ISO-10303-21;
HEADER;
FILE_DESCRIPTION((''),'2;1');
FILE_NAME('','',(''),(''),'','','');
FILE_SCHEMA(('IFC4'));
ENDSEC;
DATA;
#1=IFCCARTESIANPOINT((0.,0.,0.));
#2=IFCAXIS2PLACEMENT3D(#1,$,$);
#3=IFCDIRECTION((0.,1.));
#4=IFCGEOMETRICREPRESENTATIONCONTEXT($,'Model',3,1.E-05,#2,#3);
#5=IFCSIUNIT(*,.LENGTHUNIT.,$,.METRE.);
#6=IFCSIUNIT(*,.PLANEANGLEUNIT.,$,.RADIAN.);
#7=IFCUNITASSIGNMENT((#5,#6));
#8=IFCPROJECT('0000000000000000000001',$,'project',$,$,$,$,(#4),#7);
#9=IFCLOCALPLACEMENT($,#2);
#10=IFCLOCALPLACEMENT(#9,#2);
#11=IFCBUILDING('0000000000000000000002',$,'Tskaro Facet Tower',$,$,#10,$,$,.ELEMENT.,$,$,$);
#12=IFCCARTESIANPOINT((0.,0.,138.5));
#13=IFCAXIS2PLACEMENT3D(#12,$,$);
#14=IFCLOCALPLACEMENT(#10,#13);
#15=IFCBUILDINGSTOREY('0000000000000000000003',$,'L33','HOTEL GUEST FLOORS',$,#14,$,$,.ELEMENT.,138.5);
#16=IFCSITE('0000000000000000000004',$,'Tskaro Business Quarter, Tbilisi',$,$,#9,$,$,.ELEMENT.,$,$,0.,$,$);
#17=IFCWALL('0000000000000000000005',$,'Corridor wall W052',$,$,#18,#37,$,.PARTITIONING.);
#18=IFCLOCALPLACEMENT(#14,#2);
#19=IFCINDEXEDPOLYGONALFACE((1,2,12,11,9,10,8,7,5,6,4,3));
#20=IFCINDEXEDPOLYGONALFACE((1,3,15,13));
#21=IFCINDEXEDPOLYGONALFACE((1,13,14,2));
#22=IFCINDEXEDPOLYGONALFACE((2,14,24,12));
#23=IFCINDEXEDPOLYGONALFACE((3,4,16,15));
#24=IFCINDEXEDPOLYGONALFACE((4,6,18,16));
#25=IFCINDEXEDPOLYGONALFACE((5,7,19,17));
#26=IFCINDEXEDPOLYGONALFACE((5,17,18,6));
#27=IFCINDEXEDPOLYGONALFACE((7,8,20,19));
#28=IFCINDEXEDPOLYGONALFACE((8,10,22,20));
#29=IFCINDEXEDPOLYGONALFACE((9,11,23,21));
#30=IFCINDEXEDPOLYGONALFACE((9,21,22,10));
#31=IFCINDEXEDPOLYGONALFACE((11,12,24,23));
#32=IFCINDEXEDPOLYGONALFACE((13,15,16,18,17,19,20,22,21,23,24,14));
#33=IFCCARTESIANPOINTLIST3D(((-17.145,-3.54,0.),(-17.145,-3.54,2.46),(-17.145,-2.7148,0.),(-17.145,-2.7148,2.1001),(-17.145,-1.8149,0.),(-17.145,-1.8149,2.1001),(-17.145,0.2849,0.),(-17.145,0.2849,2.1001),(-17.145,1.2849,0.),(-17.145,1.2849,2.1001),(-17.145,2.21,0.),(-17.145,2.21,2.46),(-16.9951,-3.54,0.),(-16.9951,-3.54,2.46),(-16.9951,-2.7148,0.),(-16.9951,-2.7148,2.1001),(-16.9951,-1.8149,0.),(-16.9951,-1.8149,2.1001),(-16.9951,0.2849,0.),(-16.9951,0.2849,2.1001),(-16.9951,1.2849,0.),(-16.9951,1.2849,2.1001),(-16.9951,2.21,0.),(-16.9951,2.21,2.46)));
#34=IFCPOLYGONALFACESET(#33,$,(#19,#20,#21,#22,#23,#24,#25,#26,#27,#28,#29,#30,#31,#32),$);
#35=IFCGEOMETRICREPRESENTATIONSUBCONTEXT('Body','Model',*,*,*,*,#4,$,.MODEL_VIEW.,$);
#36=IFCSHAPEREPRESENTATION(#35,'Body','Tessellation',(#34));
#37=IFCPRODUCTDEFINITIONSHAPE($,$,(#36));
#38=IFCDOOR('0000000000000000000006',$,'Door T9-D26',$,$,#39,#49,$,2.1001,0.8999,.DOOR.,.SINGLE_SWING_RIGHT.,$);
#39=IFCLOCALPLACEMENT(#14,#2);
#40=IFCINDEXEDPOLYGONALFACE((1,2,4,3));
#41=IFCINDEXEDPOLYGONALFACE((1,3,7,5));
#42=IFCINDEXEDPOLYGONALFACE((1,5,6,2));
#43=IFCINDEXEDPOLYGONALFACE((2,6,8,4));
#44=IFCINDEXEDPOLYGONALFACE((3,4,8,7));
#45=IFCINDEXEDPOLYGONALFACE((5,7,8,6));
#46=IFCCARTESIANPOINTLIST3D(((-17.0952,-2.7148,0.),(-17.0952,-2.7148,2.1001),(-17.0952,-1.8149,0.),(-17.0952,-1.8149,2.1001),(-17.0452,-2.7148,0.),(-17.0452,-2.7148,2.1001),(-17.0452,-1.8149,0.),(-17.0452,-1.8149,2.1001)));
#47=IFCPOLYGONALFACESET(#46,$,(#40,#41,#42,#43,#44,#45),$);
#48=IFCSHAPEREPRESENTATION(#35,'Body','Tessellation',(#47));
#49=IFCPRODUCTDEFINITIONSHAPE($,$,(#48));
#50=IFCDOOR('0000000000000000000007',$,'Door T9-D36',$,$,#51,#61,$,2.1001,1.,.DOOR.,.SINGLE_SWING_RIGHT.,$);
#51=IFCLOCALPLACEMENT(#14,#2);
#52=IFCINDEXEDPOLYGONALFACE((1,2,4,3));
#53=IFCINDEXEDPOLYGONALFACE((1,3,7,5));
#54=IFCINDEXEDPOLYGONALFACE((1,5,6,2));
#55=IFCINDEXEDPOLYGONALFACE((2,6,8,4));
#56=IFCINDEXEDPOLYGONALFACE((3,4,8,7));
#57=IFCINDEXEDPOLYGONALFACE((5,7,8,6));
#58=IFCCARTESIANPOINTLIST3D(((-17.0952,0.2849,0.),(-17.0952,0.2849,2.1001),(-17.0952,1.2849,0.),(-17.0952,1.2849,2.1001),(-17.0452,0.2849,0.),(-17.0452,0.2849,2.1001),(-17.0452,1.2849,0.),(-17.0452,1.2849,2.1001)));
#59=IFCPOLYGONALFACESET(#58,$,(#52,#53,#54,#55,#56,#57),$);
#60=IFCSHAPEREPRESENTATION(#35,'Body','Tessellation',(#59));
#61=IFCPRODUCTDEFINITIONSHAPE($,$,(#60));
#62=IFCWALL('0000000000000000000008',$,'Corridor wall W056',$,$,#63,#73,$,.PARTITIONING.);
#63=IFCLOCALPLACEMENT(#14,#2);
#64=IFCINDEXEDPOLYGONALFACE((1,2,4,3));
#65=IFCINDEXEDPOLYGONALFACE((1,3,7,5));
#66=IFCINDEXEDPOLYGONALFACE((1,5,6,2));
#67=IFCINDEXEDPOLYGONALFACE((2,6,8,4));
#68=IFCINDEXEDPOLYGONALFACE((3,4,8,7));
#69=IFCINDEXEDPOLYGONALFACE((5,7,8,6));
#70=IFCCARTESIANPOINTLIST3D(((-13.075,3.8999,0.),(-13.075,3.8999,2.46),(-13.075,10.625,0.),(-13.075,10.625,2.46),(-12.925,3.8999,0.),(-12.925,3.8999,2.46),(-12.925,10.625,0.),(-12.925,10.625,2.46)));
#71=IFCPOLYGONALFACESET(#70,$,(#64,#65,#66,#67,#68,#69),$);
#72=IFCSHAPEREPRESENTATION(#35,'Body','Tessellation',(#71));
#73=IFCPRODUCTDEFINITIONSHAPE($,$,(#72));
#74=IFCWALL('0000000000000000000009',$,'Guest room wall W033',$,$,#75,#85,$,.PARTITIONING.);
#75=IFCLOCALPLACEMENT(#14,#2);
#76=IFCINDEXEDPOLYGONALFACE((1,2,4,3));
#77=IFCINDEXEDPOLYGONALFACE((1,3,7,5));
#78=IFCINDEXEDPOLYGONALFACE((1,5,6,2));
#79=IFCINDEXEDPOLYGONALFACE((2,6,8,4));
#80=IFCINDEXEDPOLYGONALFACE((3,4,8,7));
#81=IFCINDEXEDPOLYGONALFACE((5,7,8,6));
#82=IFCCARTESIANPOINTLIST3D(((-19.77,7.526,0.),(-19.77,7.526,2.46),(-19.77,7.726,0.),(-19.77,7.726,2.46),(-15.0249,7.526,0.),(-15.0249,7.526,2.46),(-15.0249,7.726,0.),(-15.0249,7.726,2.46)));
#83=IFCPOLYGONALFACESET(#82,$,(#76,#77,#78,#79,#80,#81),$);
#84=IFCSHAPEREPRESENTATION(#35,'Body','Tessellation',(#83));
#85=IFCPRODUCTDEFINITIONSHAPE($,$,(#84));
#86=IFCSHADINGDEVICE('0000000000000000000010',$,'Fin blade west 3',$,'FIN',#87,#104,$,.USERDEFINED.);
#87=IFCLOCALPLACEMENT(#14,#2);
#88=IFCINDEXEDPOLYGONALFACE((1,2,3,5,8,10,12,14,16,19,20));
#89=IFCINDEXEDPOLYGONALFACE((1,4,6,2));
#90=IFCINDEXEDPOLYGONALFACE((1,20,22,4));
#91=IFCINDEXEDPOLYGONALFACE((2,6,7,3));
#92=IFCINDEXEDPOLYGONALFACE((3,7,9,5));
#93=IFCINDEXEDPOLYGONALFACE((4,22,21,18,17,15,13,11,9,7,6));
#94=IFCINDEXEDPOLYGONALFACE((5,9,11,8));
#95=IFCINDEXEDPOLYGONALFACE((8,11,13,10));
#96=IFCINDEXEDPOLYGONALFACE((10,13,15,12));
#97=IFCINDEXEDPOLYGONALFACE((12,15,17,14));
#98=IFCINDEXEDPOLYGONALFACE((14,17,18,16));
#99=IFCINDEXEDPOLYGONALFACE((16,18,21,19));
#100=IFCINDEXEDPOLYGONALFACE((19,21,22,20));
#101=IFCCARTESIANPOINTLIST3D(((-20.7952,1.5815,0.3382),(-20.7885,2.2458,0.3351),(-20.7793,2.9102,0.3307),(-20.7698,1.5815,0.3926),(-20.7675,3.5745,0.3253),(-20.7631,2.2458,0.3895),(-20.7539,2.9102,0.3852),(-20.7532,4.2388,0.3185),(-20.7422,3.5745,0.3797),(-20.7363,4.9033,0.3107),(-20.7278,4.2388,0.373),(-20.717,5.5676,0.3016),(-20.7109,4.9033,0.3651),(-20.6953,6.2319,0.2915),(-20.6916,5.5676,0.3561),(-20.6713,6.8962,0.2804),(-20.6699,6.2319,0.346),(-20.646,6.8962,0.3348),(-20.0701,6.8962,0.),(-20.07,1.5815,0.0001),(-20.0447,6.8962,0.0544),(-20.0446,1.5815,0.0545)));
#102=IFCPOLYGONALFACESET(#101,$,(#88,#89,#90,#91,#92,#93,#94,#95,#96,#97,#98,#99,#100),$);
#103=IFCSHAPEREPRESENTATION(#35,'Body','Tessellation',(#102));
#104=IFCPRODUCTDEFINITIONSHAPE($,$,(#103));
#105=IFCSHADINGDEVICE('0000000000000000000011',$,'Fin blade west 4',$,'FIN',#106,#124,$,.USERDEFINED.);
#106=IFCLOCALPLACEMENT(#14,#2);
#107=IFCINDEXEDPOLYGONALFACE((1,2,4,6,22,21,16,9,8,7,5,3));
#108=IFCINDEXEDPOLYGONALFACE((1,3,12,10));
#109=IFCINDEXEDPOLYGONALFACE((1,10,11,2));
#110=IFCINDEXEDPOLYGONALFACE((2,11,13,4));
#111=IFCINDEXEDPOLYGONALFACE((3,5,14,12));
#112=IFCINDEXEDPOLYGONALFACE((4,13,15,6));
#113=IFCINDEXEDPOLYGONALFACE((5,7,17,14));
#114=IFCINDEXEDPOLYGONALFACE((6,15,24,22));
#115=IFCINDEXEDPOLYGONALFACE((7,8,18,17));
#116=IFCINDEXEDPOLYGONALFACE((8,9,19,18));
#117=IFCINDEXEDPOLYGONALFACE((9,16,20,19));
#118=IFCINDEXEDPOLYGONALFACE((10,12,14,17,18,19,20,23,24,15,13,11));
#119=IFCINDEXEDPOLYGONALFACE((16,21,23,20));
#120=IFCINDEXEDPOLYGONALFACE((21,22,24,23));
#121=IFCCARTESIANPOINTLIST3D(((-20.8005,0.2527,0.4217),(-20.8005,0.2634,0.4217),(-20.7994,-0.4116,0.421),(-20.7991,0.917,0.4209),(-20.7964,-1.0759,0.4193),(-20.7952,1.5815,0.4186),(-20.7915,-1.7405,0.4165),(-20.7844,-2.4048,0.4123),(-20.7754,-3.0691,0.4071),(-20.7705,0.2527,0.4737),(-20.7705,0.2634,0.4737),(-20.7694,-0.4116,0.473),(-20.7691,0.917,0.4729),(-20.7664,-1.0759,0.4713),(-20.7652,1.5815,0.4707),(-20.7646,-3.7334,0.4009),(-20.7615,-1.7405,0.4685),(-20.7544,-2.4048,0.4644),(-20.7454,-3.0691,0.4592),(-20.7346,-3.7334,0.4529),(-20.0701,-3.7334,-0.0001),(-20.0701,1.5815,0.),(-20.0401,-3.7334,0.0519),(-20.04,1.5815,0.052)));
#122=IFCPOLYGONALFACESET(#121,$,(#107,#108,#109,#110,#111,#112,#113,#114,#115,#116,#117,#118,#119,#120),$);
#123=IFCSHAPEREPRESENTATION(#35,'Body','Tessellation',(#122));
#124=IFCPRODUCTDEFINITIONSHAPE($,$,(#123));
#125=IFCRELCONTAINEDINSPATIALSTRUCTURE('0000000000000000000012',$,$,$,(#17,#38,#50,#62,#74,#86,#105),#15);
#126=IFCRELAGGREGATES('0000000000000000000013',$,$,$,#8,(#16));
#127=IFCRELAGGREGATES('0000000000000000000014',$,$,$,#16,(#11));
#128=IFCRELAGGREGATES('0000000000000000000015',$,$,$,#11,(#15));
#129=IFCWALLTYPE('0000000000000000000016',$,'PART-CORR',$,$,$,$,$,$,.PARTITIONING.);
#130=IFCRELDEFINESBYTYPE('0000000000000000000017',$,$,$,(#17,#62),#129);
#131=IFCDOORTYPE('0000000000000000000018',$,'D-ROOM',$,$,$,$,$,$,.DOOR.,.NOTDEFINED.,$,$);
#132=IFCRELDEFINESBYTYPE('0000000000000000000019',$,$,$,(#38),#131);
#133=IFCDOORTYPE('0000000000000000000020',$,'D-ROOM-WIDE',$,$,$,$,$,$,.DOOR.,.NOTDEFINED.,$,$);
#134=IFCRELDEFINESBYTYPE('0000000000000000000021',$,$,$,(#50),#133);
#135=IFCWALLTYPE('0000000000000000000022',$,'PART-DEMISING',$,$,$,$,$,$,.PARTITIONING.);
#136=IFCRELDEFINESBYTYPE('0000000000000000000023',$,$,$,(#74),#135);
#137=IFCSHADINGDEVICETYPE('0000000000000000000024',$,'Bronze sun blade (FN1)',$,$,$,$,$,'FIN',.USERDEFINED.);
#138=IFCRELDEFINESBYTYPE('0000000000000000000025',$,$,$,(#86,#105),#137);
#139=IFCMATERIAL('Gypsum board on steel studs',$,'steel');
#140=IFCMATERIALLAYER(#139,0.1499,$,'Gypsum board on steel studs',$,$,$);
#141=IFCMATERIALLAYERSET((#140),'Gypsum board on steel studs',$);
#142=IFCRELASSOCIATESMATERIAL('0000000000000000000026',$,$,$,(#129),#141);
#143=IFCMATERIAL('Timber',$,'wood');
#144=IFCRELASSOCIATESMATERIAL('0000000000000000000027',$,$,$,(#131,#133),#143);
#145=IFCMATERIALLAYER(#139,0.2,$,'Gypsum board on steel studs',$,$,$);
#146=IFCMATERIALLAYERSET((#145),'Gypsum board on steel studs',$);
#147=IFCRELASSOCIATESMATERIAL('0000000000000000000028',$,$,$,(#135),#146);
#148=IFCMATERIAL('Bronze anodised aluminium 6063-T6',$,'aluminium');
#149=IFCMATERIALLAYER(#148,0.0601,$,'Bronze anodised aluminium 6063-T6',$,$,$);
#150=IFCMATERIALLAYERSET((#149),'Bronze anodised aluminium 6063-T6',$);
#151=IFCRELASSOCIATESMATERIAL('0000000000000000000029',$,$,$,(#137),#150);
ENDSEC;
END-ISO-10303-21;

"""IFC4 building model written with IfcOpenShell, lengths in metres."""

from ifc_helpers import new_model, si_unit, direction, frame, frame_2d, origin, place, context, subcontext, project, spatial, polyline, rectangle, outline, extrude, material, layer, layer_set, type_object, element, fill, save


model = new_model("IFC4")

# Units and contexts
model_context = context("Model", 3, precision=1e-05, world=origin(), true_north=direction((0.0, 1.0)))
body_context = subcontext(model_context, "Body", "Model", "MODEL_VIEW")
ifc_project = project(units=[si_unit("LENGTHUNIT", "METRE"), si_unit("PLANEANGLEUNIT", "RADIAN")], contexts=[model_context])

# Site, building, storey
site_placement = place(None, origin())
site = spatial("IfcSite", under=ifc_project, at=site_placement, Name="Tskaro Business Quarter, Tbilisi", CompositionType="ELEMENT", RefElevation=0.0)
building_placement = place(site_placement, origin())
building = spatial("IfcBuilding", under=site, at=building_placement, Name="Tskaro Facet Tower", CompositionType="ELEMENT")
storey_placement = place(building_placement, frame((0.0, 0.0, 138.5)))
storey = spatial("IfcBuildingStorey", under=building, at=storey_placement, Name="L33", Description="HOTEL GUEST FLOORS", CompositionType="ELEMENT", Elevation=138.5)

# Shared definitions
ifc_material_1 = material(Name="Bronze anodised aluminium 6063-T6", Category="aluminium")

# Shared definitions
ifc_material_2 = material(Name="Gypsum board on steel studs", Category="steel")
ifc_layer_1 = layer(ifc_material_2, 0.1499, Name="Gypsum board on steel studs")
ifc_layer_set_1 = layer_set([ifc_layer_1], Name="Gypsum board on steel studs")
wall_type_1 = type_object("IfcWallType", Name="PART-CORR", PredefinedType="PARTITIONING", material=ifc_layer_set_1)

# Wall, openings, doors
wall_1_placement = place(storey_placement, frame((-17.0701, 2.21, 0.0), z_axis=(0.0, 0.0, 1.0), x_axis=(0.0, -1.0, 0.0)))
wall_1 = element("IfcWall", 1, at=wall_1_placement, inside=storey, type_object=wall_type_1, Name="Corridor wall W052", PredefinedType="PARTITIONING", context=body_context, shape_type="SweptSolid", body=[
    extrude(rectangle(XDim=5.75, YDim=0.1499, at=frame_2d((2.875, 0.0))), origin(), (0.0, 0.0, 1.0), 2.46),
])
opening_1_placement = place(wall_1_placement, frame((4.0249, 0.0, 0.0)))
opening_1 = element("IfcOpeningElement", 2, at=opening_1_placement, cuts=wall_1, PredefinedType="OPENING", context=body_context, shape_type="SweptSolid", body=[
    extrude(rectangle(XDim=0.8999, YDim=2.1001, at=frame_2d((0.45, 1.05))), frame((0.0, 0.085, 0.0), z_axis=(0.0, -1.0, 0.0), x_axis=(1.0, 0.0, 0.0)), (0.0, 0.0, 1.0), 0.1699),
])
opening_2_placement = place(wall_1_placement, frame((0.925, 0.0, 0.0)))
opening_2 = element("IfcOpeningElement", 3, at=opening_2_placement, cuts=wall_1, PredefinedType="OPENING", context=body_context, shape_type="SweptSolid", body=[
    extrude(rectangle(XDim=1.0, YDim=2.1001, at=frame_2d((0.5, 1.05))), frame((0.0, 0.085, 0.0), z_axis=(0.0, -1.0, 0.0), x_axis=(1.0, 0.0, 0.0)), (0.0, 0.0, 1.0), 0.1699),
])
ifc_material_3 = material(Name="Timber", Category="wood")
door_type_1 = type_object("IfcDoorType", Name="D-ROOM", OperationType="NOTDEFINED", PredefinedType="DOOR", material=ifc_material_3)
door_1_placement = place(opening_1_placement, origin())
door_1 = element("IfcDoor", 4, at=door_1_placement, inside=storey, type_object=door_type_1, Name="Door T9-D26", OperationType="SINGLE_SWING_RIGHT", OverallHeight=2.1001, OverallWidth=0.8999, PredefinedType="DOOR", context=body_context, shape_type="SweptSolid", body=[
    extrude(rectangle(XDim=0.8999, YDim=2.1001, at=frame_2d((0.45, 1.05))), frame((0.0, 0.0249, 0.0), z_axis=(0.0, -1.0, 0.0), x_axis=(1.0, 0.0, 0.0)), (0.0, 0.0, 1.0), 0.05),
])
fill(opening_1, door_1)
door_type_2 = type_object("IfcDoorType", Name="D-ROOM-WIDE", OperationType="NOTDEFINED", PredefinedType="DOOR", material=ifc_material_3)
door_2_placement = place(opening_2_placement, origin())
door_2 = element("IfcDoor", 5, at=door_2_placement, inside=storey, type_object=door_type_2, Name="Door T9-D36", OperationType="SINGLE_SWING_RIGHT", OverallHeight=2.1001, OverallWidth=1.0, PredefinedType="DOOR", context=body_context, shape_type="SweptSolid", body=[
    extrude(rectangle(XDim=1.0, YDim=2.1001, at=frame_2d((0.5, 1.05))), frame((0.0, 0.0249, 0.0), z_axis=(0.0, -1.0, 0.0), x_axis=(1.0, 0.0, 0.0)), (0.0, 0.0, 1.0), 0.05),
])
fill(opening_2, door_2)

# Walls
wall_2_placement = place(storey_placement, frame((-13.0, 3.8999, 0.0), z_axis=(0.0, 0.0, 1.0), x_axis=(0.0, 1.0, 0.0)))
element("IfcWall", 6, at=wall_2_placement, inside=storey, type_object=wall_type_1, Name="Corridor wall W056", PredefinedType="PARTITIONING", context=body_context, shape_type="SweptSolid", body=[
    extrude(rectangle(XDim=6.7251, YDim=0.1499, at=frame_2d((3.3625, 0.0))), origin(), (0.0, 0.0, 1.0), 2.46),
])
ifc_layer_2 = layer(ifc_material_2, 0.2, Name="Gypsum board on steel studs")
ifc_layer_set_2 = layer_set([ifc_layer_2], Name="Gypsum board on steel studs")
wall_type_2 = type_object("IfcWallType", Name="PART-DEMISING", PredefinedType="PARTITIONING", material=ifc_layer_set_2)
wall_3_placement = place(storey_placement, frame((-19.77, 7.626, 0.0), z_axis=(0.0, 0.0, 1.0), x_axis=(1.0, 0.0, 0.0)))
element("IfcWall", 7, at=wall_3_placement, inside=storey, type_object=wall_type_2, Name="Guest room wall W033", PredefinedType="PARTITIONING", context=body_context, shape_type="SweptSolid", body=[
    extrude(rectangle(XDim=4.7451, YDim=0.2, at=frame_2d((2.3726, 0.0))), origin(), (0.0, 0.0, 1.0), 2.46),
])

# Shading devices
ifc_layer_3 = layer(ifc_material_1, 0.0601, Name="Bronze anodised aluminium 6063-T6")
ifc_layer_set_3 = layer_set([ifc_layer_3], Name="Bronze anodised aluminium 6063-T6")
shading_device_type = type_object("IfcShadingDeviceType", Name="Bronze sun blade (FN1)", ElementType="FIN", PredefinedType="USERDEFINED", material=ifc_layer_set_3)
shading_device_1_placement = place(storey_placement, frame((-20.0447, 6.8962, 0.0544), z_axis=(0.422563, 0.000013, 0.906334), x_axis=(0.000006, -1.0, 0.000012)))
element("IfcShadingDevice", 8, at=shading_device_1_placement, inside=storey, type_object=shading_device_type, Name="Fin blade west 3", ObjectType="FIN", PredefinedType="USERDEFINED", context=body_context, shape_type="SweptSolid", body=[
    extrude(outline(polyline([(0.0, 0.0), (5.3147, 0.0), (5.3147, -0.8001), (4.6504, -0.7927), (3.9861, -0.7826), (3.3218, -0.7696), (2.6575, -0.7538), (1.9929, -0.7351), (1.3286, -0.7138), (0.6643, -0.6899), (0.0, -0.6634), (0.0, 0.0)])), origin(), (0.0, 0.0, -1.0), 0.0601),
])
shading_device_2_placement = place(storey_placement, frame((-20.04, 1.5815, 0.052), z_axis=(0.499998, -0.000016, 0.866027), x_axis=(-0.000008, -1.0, -0.000014)))
element("IfcShadingDevice", 9, at=shading_device_2_placement, inside=storey, type_object=shading_device_type, Name="Fin blade west 4", ObjectType="FIN", PredefinedType="USERDEFINED", context=body_context, shape_type="SweptSolid", body=[
    extrude(outline(polyline([(0.0, 0.0), (5.3149, 0.0), (5.3149, -0.802), (4.6506, -0.8144), (3.9863, -0.8248), (3.322, -0.833), (2.6575, -0.8387), (1.9932, -0.8421), (1.3289, -0.8434), (1.3181, -0.8434), (0.6646, -0.8418), (0.0, -0.8373), (0.0, 0.0)])), origin(), (0.0, 0.0, -1.0), 0.0601),
])

save(model, "model.ifc")
